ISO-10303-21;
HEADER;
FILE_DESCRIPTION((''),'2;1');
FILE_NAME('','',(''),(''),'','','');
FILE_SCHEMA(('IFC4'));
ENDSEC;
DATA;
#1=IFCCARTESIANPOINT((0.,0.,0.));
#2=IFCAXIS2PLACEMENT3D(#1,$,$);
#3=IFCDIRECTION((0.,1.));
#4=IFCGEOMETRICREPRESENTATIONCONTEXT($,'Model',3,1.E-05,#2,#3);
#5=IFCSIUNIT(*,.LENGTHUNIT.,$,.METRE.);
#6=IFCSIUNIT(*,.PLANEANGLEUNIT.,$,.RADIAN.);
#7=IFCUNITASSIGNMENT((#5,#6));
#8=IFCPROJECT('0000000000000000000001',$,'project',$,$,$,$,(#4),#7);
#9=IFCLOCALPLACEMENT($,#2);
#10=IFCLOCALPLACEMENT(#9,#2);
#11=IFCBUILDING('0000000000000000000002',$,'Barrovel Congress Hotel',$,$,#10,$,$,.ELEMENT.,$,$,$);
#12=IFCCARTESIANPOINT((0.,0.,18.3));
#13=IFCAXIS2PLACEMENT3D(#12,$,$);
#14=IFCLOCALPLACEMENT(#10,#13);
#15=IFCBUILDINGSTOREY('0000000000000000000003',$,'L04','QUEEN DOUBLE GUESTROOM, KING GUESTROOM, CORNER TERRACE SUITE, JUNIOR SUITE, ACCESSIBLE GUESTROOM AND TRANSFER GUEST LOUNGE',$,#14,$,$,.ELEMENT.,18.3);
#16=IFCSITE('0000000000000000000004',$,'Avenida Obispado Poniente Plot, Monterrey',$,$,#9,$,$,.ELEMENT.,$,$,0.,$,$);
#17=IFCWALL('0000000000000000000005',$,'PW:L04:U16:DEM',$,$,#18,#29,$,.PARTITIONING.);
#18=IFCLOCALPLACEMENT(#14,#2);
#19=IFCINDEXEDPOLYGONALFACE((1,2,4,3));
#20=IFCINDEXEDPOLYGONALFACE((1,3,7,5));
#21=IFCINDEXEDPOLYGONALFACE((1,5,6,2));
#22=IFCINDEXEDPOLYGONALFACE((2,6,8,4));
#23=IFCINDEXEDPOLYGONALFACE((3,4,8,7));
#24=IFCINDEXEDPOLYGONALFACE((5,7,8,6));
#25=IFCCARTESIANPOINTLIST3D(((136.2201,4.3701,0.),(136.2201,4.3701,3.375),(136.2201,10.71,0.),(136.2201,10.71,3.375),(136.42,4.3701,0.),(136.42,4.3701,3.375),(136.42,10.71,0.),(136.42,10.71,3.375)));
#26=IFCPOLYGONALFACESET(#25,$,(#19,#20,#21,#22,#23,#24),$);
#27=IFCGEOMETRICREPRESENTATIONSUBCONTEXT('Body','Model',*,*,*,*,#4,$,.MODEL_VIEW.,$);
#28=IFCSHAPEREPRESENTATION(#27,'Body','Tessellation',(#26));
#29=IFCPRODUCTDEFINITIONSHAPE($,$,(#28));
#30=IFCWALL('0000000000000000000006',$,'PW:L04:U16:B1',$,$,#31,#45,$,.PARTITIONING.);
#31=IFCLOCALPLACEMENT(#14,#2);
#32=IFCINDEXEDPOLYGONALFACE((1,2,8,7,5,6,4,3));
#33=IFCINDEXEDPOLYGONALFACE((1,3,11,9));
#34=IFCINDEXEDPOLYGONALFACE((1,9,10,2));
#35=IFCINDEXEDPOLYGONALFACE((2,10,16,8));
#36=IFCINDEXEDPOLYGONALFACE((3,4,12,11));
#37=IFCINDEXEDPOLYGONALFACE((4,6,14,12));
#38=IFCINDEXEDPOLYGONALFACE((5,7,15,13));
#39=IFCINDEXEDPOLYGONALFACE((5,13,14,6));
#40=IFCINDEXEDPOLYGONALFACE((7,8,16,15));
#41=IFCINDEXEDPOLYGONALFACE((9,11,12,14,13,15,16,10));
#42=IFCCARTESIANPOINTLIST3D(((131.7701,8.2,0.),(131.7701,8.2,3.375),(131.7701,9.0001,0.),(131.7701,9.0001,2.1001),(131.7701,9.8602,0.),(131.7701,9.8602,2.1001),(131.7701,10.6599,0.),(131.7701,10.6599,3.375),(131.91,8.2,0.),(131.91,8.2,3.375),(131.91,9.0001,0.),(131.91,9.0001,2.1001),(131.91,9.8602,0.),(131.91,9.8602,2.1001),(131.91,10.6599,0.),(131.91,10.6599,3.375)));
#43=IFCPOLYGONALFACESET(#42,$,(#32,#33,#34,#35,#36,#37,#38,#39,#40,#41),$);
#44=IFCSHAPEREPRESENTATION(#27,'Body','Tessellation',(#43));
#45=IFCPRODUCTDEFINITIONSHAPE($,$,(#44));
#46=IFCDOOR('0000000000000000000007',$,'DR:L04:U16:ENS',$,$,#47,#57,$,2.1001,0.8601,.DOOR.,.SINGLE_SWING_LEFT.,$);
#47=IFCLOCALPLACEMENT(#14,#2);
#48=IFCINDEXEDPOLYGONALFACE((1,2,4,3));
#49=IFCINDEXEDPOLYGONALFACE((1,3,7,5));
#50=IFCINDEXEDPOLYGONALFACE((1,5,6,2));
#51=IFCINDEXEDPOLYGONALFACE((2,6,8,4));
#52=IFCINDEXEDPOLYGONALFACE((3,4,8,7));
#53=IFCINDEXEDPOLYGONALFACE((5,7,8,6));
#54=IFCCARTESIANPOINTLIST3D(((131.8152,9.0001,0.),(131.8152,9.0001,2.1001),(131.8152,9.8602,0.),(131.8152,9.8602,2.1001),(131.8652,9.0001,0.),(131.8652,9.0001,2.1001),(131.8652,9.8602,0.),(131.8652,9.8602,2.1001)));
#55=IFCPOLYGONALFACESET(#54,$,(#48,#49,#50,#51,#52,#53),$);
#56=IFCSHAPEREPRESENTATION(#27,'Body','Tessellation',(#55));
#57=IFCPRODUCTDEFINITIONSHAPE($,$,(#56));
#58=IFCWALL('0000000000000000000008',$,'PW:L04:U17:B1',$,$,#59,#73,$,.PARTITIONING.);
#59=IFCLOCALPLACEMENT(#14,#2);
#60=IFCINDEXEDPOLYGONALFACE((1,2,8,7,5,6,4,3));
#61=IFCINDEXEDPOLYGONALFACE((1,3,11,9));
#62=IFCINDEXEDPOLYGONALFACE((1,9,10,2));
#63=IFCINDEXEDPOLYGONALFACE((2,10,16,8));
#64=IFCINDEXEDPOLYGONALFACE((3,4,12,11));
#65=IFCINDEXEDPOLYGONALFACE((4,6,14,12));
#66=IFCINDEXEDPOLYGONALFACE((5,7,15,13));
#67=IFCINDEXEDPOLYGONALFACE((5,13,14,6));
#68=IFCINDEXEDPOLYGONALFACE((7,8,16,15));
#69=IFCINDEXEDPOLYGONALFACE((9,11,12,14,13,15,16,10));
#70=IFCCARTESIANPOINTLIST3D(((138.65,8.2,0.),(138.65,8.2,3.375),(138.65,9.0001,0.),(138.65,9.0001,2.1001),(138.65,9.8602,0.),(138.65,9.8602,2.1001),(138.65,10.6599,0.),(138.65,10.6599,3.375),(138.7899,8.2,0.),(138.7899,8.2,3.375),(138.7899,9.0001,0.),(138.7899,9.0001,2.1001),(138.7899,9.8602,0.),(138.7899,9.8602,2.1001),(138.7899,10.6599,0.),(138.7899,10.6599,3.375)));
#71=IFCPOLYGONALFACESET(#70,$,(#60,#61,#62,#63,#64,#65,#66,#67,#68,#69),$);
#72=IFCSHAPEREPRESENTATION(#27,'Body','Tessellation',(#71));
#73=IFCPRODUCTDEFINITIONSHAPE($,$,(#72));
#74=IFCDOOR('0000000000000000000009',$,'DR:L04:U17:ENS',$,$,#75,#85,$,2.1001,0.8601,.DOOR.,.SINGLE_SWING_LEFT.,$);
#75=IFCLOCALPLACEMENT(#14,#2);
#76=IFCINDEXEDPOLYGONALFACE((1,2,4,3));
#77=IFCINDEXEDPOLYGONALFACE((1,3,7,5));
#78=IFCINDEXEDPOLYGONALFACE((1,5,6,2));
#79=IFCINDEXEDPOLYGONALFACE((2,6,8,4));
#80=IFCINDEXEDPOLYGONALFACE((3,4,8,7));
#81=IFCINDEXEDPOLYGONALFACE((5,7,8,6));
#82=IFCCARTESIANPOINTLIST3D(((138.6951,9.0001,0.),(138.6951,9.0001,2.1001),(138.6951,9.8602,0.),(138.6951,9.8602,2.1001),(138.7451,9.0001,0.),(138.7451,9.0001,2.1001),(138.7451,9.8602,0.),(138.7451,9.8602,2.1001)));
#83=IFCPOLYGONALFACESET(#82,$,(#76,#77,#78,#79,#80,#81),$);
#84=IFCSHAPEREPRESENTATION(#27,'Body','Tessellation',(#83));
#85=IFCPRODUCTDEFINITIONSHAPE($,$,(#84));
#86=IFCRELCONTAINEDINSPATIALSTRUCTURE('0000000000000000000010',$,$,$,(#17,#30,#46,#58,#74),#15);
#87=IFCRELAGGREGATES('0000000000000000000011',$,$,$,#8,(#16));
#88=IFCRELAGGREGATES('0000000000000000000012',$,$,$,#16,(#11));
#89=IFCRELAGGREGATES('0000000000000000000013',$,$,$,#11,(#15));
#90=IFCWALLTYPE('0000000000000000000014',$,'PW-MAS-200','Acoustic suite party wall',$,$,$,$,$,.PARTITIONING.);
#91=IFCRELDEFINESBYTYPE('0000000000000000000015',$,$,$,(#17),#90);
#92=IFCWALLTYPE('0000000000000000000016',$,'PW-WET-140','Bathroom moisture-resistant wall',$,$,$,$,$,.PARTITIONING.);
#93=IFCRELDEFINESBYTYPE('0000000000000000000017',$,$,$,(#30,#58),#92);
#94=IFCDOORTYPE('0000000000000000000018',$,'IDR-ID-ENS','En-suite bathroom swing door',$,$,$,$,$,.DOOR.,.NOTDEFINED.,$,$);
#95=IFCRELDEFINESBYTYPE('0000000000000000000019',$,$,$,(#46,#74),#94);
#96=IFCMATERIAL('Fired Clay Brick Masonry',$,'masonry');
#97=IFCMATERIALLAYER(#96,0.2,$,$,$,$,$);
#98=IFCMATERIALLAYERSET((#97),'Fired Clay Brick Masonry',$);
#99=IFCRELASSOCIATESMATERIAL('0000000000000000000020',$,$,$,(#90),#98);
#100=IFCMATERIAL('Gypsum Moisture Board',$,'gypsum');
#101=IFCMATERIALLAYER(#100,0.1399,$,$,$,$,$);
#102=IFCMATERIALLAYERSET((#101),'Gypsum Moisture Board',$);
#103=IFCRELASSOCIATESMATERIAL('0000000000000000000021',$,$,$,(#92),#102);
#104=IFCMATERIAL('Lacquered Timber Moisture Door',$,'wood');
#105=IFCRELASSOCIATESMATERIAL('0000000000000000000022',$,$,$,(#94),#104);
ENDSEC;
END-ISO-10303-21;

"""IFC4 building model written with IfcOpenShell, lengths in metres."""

from ifc_helpers import new_model, si_unit, direction, frame, frame_2d, origin, place, context, subcontext, project, spatial, rectangle, extrude, material, layer, layer_set, type_object, element, fill, save


model = new_model("IFC4")

# Units and contexts
model_context = context("Model", 3, precision=1e-05, world=origin(), true_north=direction((0.0, 1.0)))
body_context = subcontext(model_context, "Body", "Model", "MODEL_VIEW")
ifc_project = project(units=[si_unit("LENGTHUNIT", "METRE"), si_unit("PLANEANGLEUNIT", "RADIAN")], contexts=[model_context])

# Site, building, storey
site_placement = place(None, origin())
site = spatial("IfcSite", under=ifc_project, at=site_placement, Name="Avenida Obispado Poniente Plot, Monterrey", CompositionType="ELEMENT", RefElevation=0.0)
building_placement = place(site_placement, origin())
building = spatial("IfcBuilding", under=site, at=building_placement, Name="Barrovel Congress Hotel", CompositionType="ELEMENT")
storey_placement = place(building_placement, frame((0.0, 0.0, 18.3)))
storey = spatial("IfcBuildingStorey", under=building, at=storey_placement, Name="L04", Description="QUEEN DOUBLE GUESTROOM, KING GUESTROOM, CORNER TERRACE SUITE, JUNIOR SUITE, ACCESSIBLE GUESTROOM AND TRANSFER GUEST LOUNGE", CompositionType="ELEMENT", Elevation=18.3)

# Shared definitions
ifc_material_1 = material(Name="Fired Clay Brick Masonry", Category="masonry")

# Wall
ifc_layer_1 = layer(ifc_material_1, 0.2)
ifc_layer_set_1 = layer_set([ifc_layer_1], Name="Fired Clay Brick Masonry")
wall_type_1 = type_object("IfcWallType", Name="PW-MAS-200", Description="Acoustic suite party wall", PredefinedType="PARTITIONING", material=ifc_layer_set_1)
for number, where, z_axis, x_axis, name in (
    (1, (136.3201, 4.3701, 0.0), (0.0, 0.0, 1.0), (0.0, 1.0, 0.0), "PW:L04:U16:DEM"),
):
    element("IfcWall", number, at=place(storey_placement, frame(where, z_axis=z_axis, x_axis=x_axis)), inside=storey, type_object=wall_type_1, Name=name, PredefinedType="PARTITIONING", context=body_context, shape_type="SweptSolid", body=[
        extrude(rectangle(XDim=6.3398, YDim=0.2, at=frame_2d((3.1699, 0.0))), origin(), (0.0, 0.0, 1.0), 3.375),
    ])

# Walls, openings, doors
ifc_material_2 = material(Name="Gypsum Moisture Board", Category="gypsum")
ifc_layer_2 = layer(ifc_material_2, 0.1399)
ifc_layer_set_2 = layer_set([ifc_layer_2], Name="Gypsum Moisture Board")
wall_type_2 = type_object("IfcWallType", Name="PW-WET-140", Description="Bathroom moisture-resistant wall", PredefinedType="PARTITIONING", material=ifc_layer_set_2)
wall_1_placement = place(storey_placement, frame((131.8401, 8.2, 0.0), z_axis=(0.0, 0.0, 1.0), x_axis=(0.0, 1.0, 0.0)))
wall_1 = element("IfcWall", 2, at=wall_1_placement, inside=storey, type_object=wall_type_2, Name="PW:L04:U16:B1", PredefinedType="PARTITIONING", context=body_context, shape_type="SweptSolid", body=[
    extrude(rectangle(XDim=2.46, YDim=0.1399, at=frame_2d((1.23, 0.0))), origin(), (0.0, 0.0, 1.0), 3.375),
])
opening_1_placement = place(wall_1_placement, frame((0.8, 0.0, 0.0)))
opening_1 = element("IfcOpeningElement", 3, at=opening_1_placement, cuts=wall_1, PredefinedType="OPENING", context=body_context, shape_type="SweptSolid", body=[
    extrude(rectangle(XDim=0.8601, YDim=2.1001, at=frame_2d((0.4302, 1.05))), frame((0.0, 0.0801, 0.0), z_axis=(0.0, -1.0, 0.0), x_axis=(1.0, 0.0, 0.0)), (0.0, 0.0, 1.0), 0.1599),
])
ifc_material_3 = material(Name="Lacquered Timber Moisture Door", Category="wood")
door_type_1 = type_object("IfcDoorType", Name="IDR-ID-ENS", Description="En-suite bathroom swing door", OperationType="NOTDEFINED", PredefinedType="DOOR", material=ifc_material_3)
door_1_placement = place(opening_1_placement, origin())
door_1 = element("IfcDoor", 4, at=door_1_placement, inside=storey, type_object=door_type_1, Name="DR:L04:U16:ENS", OperationType="SINGLE_SWING_LEFT", OverallHeight=2.1001, OverallWidth=0.8601, PredefinedType="DOOR", context=body_context, shape_type="SweptSolid", body=[
    extrude(rectangle(XDim=0.8601, YDim=2.1001, at=frame_2d((0.4302, 1.05))), frame((0.0, 0.0249, 0.0), z_axis=(0.0, -1.0, 0.0), x_axis=(1.0, 0.0, 0.0)), (0.0, 0.0, 1.0), 0.05),
])
fill(opening_1, door_1)
wall_2_placement = place(storey_placement, frame((138.72, 8.2, 0.0), z_axis=(0.0, 0.0, 1.0), x_axis=(0.0, 1.0, 0.0)))
wall_2 = element("IfcWall", 5, at=wall_2_placement, inside=storey, type_object=wall_type_2, Name="PW:L04:U17:B1", PredefinedType="PARTITIONING", context=body_context, shape_type="SweptSolid", body=[
    extrude(rectangle(XDim=2.46, YDim=0.1399, at=frame_2d((1.23, 0.0))), origin(), (0.0, 0.0, 1.0), 3.375),
])
opening_2_placement = place(wall_2_placement, frame((0.8, 0.0, 0.0)))
opening_2 = element("IfcOpeningElement", 6, at=opening_2_placement, cuts=wall_2, PredefinedType="OPENING", context=body_context, shape_type="SweptSolid", body=[
    extrude(rectangle(XDim=0.8601, YDim=2.1001, at=frame_2d((0.4302, 1.05))), frame((0.0, 0.0801, 0.0), z_axis=(0.0, -1.0, 0.0), x_axis=(1.0, 0.0, 0.0)), (0.0, 0.0, 1.0), 0.1599),
])
door_2_placement = place(opening_2_placement, origin())
door_2 = element("IfcDoor", 7, at=door_2_placement, inside=storey, type_object=door_type_1, Name="DR:L04:U17:ENS", OperationType="SINGLE_SWING_LEFT", OverallHeight=2.1001, OverallWidth=0.8601, PredefinedType="DOOR", context=body_context, shape_type="SweptSolid", body=[
    extrude(rectangle(XDim=0.8601, YDim=2.1001, at=frame_2d((0.4302, 1.05))), frame((0.0, 0.0249, 0.0), z_axis=(0.0, -1.0, 0.0), x_axis=(1.0, 0.0, 0.0)), (0.0, 0.0, 1.0), 0.05),
])
fill(opening_2, door_2)

save(model, "model.ifc")
